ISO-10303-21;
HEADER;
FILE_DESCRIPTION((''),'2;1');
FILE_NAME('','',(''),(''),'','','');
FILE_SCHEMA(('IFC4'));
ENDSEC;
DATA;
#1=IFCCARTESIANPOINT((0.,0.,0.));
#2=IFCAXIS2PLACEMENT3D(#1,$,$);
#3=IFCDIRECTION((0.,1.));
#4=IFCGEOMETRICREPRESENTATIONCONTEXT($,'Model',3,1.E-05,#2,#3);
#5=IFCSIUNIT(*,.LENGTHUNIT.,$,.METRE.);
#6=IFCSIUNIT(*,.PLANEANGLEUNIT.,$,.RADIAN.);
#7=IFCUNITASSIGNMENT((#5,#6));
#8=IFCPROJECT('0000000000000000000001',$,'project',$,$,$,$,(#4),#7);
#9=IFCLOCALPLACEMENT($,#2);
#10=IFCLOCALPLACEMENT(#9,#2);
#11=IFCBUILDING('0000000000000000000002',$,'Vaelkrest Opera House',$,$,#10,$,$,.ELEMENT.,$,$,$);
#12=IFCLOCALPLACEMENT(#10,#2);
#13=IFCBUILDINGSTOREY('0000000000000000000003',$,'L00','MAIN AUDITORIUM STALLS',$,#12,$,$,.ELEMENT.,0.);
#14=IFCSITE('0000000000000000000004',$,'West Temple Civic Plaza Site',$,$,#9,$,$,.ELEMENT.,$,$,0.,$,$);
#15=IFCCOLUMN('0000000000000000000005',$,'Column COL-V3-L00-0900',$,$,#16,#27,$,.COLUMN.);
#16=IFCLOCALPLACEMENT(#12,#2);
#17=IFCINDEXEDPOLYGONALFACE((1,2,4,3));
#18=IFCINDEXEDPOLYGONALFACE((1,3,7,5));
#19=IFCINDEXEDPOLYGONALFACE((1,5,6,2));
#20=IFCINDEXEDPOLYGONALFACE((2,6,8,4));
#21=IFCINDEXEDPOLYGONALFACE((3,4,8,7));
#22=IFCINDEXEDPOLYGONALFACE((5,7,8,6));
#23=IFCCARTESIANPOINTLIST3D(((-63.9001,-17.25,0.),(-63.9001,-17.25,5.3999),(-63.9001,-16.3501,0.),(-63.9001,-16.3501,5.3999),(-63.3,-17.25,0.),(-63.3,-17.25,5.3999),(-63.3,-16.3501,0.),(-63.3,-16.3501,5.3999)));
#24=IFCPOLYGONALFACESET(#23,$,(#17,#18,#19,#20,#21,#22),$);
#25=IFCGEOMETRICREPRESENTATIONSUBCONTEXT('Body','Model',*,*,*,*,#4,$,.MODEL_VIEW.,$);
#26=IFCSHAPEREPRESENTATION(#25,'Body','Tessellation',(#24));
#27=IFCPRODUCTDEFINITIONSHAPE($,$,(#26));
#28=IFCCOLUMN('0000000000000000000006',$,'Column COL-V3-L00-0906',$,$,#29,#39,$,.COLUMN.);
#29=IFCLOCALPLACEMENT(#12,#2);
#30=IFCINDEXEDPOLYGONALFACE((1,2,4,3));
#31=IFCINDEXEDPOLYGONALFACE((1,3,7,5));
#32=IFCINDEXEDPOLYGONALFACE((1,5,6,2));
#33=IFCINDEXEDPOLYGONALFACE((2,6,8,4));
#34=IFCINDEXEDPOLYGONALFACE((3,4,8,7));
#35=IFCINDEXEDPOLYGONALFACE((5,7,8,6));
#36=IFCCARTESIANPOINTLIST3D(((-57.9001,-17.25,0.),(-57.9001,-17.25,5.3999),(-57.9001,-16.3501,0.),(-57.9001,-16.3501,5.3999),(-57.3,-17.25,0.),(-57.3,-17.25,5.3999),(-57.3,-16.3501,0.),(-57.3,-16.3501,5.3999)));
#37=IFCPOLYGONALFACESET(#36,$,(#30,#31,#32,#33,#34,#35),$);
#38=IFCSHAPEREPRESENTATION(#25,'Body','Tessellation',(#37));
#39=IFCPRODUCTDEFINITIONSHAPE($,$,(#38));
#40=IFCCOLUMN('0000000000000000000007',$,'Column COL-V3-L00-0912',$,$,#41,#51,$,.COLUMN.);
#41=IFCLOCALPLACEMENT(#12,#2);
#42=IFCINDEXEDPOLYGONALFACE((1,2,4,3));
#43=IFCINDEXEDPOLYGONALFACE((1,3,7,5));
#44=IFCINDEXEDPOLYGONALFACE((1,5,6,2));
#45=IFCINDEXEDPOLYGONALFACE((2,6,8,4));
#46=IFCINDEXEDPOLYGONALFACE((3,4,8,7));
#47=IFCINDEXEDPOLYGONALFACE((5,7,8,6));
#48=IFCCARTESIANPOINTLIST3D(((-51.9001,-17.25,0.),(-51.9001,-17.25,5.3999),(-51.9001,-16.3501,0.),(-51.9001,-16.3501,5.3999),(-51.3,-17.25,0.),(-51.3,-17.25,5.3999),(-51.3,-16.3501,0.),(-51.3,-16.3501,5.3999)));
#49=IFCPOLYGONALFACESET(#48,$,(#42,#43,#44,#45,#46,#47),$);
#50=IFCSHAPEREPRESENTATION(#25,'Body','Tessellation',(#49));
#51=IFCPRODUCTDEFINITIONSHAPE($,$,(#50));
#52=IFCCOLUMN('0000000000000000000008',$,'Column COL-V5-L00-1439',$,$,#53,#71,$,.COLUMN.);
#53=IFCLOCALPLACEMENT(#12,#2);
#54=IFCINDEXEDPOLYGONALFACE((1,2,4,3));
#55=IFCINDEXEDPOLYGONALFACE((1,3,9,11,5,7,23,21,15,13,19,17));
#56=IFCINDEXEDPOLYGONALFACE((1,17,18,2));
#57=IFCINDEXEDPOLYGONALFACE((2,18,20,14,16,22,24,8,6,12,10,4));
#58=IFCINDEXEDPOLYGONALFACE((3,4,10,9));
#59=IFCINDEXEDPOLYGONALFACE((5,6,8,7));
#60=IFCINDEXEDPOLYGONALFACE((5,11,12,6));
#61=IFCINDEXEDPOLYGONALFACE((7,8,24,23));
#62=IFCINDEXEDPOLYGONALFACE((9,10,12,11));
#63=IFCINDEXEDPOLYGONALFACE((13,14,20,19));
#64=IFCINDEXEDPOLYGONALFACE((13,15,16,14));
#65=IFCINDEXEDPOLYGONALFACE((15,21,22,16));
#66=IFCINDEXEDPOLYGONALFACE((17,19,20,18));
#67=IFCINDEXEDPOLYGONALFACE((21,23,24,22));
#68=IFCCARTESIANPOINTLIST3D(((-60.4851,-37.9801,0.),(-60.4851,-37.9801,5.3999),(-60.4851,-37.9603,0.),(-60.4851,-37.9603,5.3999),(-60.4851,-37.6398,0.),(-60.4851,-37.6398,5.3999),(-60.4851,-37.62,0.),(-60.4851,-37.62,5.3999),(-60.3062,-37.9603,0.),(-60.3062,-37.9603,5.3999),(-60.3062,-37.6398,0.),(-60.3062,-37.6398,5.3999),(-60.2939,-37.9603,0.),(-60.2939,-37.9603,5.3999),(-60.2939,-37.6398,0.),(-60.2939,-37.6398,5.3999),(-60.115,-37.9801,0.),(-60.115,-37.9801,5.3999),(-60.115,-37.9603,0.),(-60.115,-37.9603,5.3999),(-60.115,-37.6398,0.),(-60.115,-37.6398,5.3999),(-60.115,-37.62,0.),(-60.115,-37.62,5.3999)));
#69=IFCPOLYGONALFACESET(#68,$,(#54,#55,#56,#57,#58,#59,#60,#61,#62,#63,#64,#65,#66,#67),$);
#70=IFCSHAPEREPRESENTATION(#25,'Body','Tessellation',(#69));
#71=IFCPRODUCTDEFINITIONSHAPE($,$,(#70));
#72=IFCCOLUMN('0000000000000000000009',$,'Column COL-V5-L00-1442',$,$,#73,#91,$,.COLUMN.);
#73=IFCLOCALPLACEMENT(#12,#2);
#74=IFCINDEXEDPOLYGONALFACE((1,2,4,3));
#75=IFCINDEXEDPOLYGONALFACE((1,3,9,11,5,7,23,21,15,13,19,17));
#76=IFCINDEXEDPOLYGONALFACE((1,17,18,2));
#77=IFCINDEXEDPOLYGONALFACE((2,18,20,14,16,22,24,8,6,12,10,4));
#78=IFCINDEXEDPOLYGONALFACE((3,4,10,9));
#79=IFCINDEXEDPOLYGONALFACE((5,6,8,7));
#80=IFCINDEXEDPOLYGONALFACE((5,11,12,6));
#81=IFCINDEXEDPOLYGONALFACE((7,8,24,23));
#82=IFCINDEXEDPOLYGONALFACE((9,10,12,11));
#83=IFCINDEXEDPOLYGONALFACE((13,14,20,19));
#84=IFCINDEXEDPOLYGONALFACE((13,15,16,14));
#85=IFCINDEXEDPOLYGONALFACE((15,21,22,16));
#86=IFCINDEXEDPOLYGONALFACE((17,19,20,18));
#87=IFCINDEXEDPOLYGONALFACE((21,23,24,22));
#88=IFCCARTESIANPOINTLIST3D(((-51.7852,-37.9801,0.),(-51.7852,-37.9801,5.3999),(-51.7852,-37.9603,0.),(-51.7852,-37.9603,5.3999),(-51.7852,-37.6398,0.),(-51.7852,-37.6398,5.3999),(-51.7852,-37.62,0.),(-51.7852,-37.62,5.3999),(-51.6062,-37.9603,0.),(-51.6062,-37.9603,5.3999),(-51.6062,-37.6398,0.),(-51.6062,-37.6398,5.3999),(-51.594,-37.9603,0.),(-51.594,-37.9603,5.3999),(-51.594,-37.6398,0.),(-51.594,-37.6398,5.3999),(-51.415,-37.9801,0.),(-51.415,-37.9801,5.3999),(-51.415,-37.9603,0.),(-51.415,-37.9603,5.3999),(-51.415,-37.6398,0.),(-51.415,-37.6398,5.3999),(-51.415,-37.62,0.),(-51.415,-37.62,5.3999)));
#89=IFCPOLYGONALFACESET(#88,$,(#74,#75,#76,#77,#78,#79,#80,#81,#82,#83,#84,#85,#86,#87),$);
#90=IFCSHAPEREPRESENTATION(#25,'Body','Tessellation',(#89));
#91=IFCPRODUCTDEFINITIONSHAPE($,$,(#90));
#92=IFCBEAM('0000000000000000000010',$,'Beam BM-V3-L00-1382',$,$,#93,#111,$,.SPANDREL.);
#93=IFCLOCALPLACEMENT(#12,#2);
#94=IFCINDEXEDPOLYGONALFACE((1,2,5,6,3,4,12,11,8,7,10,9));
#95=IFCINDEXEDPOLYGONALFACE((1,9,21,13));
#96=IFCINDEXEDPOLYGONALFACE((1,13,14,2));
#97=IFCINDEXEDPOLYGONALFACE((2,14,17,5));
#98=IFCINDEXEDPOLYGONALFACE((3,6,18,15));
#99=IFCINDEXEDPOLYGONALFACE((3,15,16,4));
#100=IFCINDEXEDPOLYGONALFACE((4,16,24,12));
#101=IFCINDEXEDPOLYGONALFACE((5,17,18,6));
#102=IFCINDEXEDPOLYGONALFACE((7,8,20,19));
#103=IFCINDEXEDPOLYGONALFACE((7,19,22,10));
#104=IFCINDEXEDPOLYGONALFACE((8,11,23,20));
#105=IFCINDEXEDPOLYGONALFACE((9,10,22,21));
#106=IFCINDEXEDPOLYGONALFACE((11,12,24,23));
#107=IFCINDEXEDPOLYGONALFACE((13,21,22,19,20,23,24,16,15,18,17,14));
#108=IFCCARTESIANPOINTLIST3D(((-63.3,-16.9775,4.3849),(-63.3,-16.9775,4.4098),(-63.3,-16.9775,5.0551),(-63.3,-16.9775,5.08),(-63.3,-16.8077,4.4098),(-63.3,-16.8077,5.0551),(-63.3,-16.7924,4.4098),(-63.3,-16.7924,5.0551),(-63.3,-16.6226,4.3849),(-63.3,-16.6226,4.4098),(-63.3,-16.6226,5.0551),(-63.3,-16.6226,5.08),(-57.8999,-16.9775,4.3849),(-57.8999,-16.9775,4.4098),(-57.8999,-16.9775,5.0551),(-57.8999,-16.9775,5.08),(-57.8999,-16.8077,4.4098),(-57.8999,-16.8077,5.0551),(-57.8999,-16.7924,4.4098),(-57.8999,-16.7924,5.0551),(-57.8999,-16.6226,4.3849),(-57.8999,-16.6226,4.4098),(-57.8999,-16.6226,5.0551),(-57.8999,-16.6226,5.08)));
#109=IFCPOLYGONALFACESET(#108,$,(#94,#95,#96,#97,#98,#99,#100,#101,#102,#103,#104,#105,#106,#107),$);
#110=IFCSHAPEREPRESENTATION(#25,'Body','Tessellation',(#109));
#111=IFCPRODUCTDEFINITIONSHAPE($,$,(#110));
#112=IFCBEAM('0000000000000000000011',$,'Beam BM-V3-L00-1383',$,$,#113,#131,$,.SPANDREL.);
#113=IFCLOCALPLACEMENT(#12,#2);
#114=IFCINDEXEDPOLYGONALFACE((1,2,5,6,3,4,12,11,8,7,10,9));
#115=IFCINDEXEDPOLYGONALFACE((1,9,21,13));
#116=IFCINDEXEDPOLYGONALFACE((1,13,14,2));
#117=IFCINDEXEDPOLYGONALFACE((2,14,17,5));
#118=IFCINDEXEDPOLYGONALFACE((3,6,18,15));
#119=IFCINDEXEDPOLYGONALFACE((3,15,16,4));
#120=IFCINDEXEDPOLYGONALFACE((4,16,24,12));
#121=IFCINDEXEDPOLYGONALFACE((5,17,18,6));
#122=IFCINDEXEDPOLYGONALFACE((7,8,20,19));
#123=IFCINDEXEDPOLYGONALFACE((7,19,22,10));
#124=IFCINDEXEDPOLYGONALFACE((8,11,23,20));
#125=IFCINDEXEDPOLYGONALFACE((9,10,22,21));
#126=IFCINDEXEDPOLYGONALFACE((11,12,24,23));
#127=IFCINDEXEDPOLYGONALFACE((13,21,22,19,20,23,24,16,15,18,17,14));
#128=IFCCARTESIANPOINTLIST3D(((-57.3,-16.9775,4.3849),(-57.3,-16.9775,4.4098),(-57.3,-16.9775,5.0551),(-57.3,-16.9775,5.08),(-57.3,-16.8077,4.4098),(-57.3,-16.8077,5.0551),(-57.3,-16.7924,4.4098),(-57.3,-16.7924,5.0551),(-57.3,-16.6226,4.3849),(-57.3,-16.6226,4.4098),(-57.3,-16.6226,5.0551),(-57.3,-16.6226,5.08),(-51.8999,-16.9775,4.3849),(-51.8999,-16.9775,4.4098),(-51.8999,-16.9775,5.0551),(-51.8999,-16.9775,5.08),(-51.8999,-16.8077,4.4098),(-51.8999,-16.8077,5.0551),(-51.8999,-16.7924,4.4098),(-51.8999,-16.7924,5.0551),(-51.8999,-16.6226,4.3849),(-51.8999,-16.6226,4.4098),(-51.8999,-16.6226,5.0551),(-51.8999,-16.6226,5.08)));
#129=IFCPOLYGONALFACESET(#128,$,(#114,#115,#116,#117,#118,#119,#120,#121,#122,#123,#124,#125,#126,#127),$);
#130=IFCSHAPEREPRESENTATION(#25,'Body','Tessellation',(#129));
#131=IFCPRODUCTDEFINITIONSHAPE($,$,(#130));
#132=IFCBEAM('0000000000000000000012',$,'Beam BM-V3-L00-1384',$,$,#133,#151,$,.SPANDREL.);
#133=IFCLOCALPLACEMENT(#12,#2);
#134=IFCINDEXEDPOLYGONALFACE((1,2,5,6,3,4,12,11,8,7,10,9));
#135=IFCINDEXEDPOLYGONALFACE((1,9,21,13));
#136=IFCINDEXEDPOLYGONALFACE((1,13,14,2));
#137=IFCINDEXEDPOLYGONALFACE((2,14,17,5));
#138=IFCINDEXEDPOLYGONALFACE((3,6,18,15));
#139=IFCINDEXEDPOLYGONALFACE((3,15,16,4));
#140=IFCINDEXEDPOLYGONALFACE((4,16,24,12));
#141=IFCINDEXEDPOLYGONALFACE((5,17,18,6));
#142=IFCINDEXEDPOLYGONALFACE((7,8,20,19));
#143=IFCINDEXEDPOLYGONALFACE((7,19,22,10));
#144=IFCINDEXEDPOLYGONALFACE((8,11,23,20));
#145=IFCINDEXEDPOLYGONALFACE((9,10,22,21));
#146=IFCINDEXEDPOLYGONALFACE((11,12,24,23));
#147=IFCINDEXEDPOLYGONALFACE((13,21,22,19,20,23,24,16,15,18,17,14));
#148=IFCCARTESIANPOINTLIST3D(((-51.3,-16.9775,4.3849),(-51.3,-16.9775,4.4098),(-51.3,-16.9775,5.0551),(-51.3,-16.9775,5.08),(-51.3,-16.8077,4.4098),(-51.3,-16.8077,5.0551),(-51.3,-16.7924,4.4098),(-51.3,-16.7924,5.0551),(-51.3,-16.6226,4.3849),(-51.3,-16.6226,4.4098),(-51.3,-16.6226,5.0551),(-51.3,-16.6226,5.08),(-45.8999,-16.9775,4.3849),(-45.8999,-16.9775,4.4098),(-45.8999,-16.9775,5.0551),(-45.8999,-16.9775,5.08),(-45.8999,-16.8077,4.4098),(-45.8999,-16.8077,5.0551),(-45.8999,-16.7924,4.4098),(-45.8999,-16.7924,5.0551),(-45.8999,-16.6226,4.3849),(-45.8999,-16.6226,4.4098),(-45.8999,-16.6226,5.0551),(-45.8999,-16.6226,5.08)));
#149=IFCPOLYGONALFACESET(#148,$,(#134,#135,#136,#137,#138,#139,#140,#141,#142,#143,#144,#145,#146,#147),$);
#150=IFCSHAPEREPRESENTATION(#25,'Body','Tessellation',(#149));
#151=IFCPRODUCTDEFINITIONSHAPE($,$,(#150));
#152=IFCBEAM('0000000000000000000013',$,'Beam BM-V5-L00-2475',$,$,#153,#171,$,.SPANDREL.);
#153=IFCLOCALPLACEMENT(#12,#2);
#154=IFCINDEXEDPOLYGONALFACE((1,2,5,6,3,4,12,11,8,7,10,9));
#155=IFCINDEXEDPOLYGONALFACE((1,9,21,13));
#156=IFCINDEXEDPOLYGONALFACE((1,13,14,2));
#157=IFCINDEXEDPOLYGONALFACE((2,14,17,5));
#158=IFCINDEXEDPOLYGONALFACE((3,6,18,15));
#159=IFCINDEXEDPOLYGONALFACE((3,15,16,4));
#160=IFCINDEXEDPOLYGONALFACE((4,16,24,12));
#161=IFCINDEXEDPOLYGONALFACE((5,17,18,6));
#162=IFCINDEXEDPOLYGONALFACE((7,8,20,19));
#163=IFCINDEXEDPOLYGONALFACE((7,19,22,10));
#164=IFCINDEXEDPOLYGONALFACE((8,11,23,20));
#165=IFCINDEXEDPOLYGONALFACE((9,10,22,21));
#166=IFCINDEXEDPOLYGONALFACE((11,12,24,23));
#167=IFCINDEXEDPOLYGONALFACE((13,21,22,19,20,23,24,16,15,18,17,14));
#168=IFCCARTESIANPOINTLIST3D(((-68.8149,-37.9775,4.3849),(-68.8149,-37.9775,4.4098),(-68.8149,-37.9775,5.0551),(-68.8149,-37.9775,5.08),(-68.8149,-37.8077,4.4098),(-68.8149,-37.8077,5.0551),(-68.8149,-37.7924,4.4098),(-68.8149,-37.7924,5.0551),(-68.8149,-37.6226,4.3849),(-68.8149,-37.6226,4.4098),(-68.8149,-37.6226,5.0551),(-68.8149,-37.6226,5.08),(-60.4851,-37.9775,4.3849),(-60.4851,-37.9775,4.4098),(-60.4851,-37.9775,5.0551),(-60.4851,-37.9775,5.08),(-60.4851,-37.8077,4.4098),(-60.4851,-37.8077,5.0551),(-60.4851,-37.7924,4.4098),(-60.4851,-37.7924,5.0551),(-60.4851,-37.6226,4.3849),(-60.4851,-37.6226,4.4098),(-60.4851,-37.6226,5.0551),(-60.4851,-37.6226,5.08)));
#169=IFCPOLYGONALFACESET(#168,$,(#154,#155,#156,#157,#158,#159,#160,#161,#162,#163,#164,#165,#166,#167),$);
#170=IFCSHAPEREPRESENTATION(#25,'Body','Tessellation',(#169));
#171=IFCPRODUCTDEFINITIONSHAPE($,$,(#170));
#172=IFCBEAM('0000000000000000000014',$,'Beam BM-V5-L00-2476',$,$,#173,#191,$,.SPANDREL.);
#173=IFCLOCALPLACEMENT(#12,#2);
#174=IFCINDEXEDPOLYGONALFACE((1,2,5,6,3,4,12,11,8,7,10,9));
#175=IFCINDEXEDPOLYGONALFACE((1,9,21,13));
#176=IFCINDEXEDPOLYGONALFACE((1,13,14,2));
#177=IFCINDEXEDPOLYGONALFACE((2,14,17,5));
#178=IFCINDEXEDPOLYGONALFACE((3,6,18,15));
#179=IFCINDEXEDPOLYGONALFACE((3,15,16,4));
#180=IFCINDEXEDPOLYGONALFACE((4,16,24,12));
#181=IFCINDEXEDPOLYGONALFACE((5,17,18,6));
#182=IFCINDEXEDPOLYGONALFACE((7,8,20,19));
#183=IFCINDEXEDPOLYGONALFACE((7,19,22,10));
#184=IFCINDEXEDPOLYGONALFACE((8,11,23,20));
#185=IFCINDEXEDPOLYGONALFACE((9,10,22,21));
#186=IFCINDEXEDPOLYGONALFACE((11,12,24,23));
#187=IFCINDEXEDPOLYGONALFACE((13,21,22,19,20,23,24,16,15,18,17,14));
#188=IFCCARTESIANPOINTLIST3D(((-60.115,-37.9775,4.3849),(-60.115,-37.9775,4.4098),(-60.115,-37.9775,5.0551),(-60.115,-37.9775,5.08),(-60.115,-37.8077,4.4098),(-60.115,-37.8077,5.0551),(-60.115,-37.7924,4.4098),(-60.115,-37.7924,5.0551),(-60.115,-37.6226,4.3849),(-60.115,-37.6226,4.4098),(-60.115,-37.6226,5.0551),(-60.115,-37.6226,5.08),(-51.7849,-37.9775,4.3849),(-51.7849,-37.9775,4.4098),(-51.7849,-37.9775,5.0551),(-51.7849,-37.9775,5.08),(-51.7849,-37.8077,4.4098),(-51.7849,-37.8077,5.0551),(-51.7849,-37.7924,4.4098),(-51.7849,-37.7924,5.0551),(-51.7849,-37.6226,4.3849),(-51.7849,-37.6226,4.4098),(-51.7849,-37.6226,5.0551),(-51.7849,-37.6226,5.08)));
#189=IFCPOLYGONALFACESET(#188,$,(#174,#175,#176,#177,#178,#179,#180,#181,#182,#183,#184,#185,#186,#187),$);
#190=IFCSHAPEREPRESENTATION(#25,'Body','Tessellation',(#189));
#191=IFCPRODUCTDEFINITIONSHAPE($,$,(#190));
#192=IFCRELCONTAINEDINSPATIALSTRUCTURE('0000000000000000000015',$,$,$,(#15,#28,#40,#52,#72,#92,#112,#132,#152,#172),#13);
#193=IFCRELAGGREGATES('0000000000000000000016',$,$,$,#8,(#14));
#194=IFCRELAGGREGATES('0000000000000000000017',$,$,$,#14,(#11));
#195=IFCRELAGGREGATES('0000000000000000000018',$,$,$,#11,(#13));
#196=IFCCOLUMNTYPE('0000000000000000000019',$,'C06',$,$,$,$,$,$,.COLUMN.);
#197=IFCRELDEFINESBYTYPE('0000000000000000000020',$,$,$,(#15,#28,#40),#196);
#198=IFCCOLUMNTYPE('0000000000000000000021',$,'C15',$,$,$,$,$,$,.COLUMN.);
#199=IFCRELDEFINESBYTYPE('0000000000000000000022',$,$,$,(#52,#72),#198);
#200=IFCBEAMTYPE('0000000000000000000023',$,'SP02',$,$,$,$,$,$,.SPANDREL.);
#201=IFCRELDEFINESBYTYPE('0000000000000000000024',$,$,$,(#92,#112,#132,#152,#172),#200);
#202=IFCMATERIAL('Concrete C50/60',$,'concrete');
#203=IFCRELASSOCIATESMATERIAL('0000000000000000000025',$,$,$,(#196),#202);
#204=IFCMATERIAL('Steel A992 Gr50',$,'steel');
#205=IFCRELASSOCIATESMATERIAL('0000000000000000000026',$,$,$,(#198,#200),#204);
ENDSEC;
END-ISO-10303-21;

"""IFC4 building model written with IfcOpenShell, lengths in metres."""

from ifc_helpers import new_model, si_unit, direction, frame, origin, origin_2d, place, context, subcontext, project, spatial, rectangle, i_section, extrude, material, material_profile, profile_set, type_object, element, save


model = new_model("IFC4")

# Units and contexts
model_context = context("Model", 3, precision=1e-05, world=origin(), true_north=direction((0.0, 1.0)))
body_context = subcontext(model_context, "Body", "Model", "MODEL_VIEW")
ifc_project = project(units=[si_unit("LENGTHUNIT", "METRE"), si_unit("PLANEANGLEUNIT", "RADIAN")], contexts=[model_context])

# Site, building, storey
site_placement = place(None, origin())
site = spatial("IfcSite", under=ifc_project, at=site_placement, Name="West Temple Civic Plaza Site", CompositionType="ELEMENT", RefElevation=0.0)
building_placement = place(site_placement, origin())
building = spatial("IfcBuilding", under=site, at=building_placement, Name="Vaelkrest Opera House", CompositionType="ELEMENT")
storey_placement = place(building_placement, origin())
storey = spatial("IfcBuildingStorey", under=building, at=storey_placement, Name="L00", Description="MAIN AUDITORIUM STALLS", CompositionType="ELEMENT", Elevation=0.0)

# Columns
ifc_material_1 = material(Name="Concrete C50/60", Category="concrete")
ifc_material_profile_1 = material_profile(ifc_material_1, rectangle(XDim=0.6001, YDim=0.8999, at=origin_2d()), Name="RC600X900")
ifc_profile_set_1 = profile_set([ifc_material_profile_1], Name="Concrete C50/60")
column_type_1 = type_object("IfcColumnType", Name="C06", PredefinedType="COLUMN", material=ifc_profile_set_1)
for number, where, z_axis, x_axis, name in (
    (1, (-63.6001, -16.8, 0.0), (0.0, 0.0, 1.0), (1.0, 0.0, 0.0), "Column COL-V3-L00-0900"),
    (2, (-57.6001, -16.8, 0.0), (0.0, 0.0, 1.0), (1.0, 0.0, 0.0), "Column COL-V3-L00-0906"),
    (3, (-51.6001, -16.8, 0.0), (0.0, 0.0, 1.0), (1.0, 0.0, 0.0), "Column COL-V3-L00-0912"),
):
    element("IfcColumn", number, at=place(storey_placement, frame(where, z_axis=z_axis, x_axis=x_axis)), inside=storey, type_object=column_type_1, Name=name, PredefinedType="COLUMN", context=body_context, shape_type="SweptSolid", body=[
        extrude(rectangle(XDim=0.6001, YDim=0.8999, at=origin_2d()), origin(), (0.0, 0.0, 1.0), 5.3999),
    ])
ifc_material_2 = material(Name="Steel A992 Gr50", Category="steel")
ifc_material_profile_2 = material_profile(ifc_material_2, i_section(OverallWidth=0.3701, OverallDepth=0.3601, WebThickness=0.0122, FlangeThickness=0.0198, at=origin_2d()), Name="W14X99")
ifc_profile_set_2 = profile_set([ifc_material_profile_2], Name="Steel A992 Gr50")
column_type_2 = type_object("IfcColumnType", Name="C15", PredefinedType="COLUMN", material=ifc_profile_set_2)
for number, where, z_axis, x_axis, name in (
    (4, (-60.3, -37.8, 0.0), (0.0, 0.0, 1.0), (1.0, 0.0, 0.0), "Column COL-V5-L00-1439"),
    (5, (-51.6001, -37.8, 0.0), (0.0, 0.0, 1.0), (1.0, 0.0, 0.0), "Column COL-V5-L00-1442"),
):
    element("IfcColumn", number, at=place(storey_placement, frame(where, z_axis=z_axis, x_axis=x_axis)), inside=storey, type_object=column_type_2, Name=name, PredefinedType="COLUMN", context=body_context, shape_type="SweptSolid", body=[
        extrude(i_section(OverallWidth=0.3701, OverallDepth=0.3601, WebThickness=0.0122, FlangeThickness=0.0198, at=origin_2d()), origin(), (0.0, 0.0, 1.0), 5.3999),
    ])

# Beams
ifc_material_profile_3 = material_profile(ifc_material_2, i_section(OverallWidth=0.355, OverallDepth=0.6951, WebThickness=0.0154, FlangeThickness=0.0249, at=origin_2d()), Name="W27X146")
ifc_profile_set_3 = profile_set([ifc_material_profile_3], Name="Steel A992 Gr50")
beam_type = type_object("IfcBeamType", Name="SP02", PredefinedType="SPANDREL", material=ifc_profile_set_3)
for number, where, z_axis, x_axis, name in (
    (6, (-63.3, -16.8, 4.7324), (1.0, 0.0, 0.0), (0.0, 1.0, 0.0), "Beam BM-V3-L00-1382"),
    (7, (-57.3, -16.8, 4.7324), (1.0, 0.0, 0.0), (0.0, 1.0, 0.0), "Beam BM-V3-L00-1383"),
    (8, (-51.3, -16.8, 4.7324), (1.0, 0.0, 0.0), (0.0, 1.0, 0.0), "Beam BM-V3-L00-1384"),
):
    element("IfcBeam", number, at=place(storey_placement, frame(where, z_axis=z_axis, x_axis=x_axis)), inside=storey, type_object=beam_type, Name=name, PredefinedType="SPANDREL", context=body_context, shape_type="SweptSolid", body=[
        extrude(i_section(OverallWidth=0.355, OverallDepth=0.6951, WebThickness=0.0154, FlangeThickness=0.0249, at=origin_2d()), origin(), (0.0, 0.0, 1.0), 5.4001),
    ])
beam_1_placement = place(storey_placement, frame((-68.8149, -37.8, 4.7324), z_axis=(1.0, 0.0, 0.0), x_axis=(0.0, 1.0, 0.0)))
element("IfcBeam", 9, at=beam_1_placement, inside=storey, type_object=beam_type, Name="Beam BM-V5-L00-2475", PredefinedType="SPANDREL", context=body_context, shape_type="SweptSolid", body=[
    extrude(i_section(OverallWidth=0.355, OverallDepth=0.6951, WebThickness=0.0154, FlangeThickness=0.0249, at=origin_2d()), origin(), (0.0, 0.0, 1.0), 8.3298),
])
beam_2_placement = place(storey_placement, frame((-60.115, -37.8, 4.7324), z_axis=(1.0, 0.0, 0.0), x_axis=(0.0, 1.0, 0.0)))
element("IfcBeam", 10, at=beam_2_placement, inside=storey, type_object=beam_type, Name="Beam BM-V5-L00-2476", PredefinedType="SPANDREL", context=body_context, shape_type="SweptSolid", body=[
    extrude(i_section(OverallWidth=0.355, OverallDepth=0.6951, WebThickness=0.0154, FlangeThickness=0.0249, at=origin_2d()), origin(), (0.0, 0.0, 1.0), 8.3301),
])

save(model, "model.ifc")
